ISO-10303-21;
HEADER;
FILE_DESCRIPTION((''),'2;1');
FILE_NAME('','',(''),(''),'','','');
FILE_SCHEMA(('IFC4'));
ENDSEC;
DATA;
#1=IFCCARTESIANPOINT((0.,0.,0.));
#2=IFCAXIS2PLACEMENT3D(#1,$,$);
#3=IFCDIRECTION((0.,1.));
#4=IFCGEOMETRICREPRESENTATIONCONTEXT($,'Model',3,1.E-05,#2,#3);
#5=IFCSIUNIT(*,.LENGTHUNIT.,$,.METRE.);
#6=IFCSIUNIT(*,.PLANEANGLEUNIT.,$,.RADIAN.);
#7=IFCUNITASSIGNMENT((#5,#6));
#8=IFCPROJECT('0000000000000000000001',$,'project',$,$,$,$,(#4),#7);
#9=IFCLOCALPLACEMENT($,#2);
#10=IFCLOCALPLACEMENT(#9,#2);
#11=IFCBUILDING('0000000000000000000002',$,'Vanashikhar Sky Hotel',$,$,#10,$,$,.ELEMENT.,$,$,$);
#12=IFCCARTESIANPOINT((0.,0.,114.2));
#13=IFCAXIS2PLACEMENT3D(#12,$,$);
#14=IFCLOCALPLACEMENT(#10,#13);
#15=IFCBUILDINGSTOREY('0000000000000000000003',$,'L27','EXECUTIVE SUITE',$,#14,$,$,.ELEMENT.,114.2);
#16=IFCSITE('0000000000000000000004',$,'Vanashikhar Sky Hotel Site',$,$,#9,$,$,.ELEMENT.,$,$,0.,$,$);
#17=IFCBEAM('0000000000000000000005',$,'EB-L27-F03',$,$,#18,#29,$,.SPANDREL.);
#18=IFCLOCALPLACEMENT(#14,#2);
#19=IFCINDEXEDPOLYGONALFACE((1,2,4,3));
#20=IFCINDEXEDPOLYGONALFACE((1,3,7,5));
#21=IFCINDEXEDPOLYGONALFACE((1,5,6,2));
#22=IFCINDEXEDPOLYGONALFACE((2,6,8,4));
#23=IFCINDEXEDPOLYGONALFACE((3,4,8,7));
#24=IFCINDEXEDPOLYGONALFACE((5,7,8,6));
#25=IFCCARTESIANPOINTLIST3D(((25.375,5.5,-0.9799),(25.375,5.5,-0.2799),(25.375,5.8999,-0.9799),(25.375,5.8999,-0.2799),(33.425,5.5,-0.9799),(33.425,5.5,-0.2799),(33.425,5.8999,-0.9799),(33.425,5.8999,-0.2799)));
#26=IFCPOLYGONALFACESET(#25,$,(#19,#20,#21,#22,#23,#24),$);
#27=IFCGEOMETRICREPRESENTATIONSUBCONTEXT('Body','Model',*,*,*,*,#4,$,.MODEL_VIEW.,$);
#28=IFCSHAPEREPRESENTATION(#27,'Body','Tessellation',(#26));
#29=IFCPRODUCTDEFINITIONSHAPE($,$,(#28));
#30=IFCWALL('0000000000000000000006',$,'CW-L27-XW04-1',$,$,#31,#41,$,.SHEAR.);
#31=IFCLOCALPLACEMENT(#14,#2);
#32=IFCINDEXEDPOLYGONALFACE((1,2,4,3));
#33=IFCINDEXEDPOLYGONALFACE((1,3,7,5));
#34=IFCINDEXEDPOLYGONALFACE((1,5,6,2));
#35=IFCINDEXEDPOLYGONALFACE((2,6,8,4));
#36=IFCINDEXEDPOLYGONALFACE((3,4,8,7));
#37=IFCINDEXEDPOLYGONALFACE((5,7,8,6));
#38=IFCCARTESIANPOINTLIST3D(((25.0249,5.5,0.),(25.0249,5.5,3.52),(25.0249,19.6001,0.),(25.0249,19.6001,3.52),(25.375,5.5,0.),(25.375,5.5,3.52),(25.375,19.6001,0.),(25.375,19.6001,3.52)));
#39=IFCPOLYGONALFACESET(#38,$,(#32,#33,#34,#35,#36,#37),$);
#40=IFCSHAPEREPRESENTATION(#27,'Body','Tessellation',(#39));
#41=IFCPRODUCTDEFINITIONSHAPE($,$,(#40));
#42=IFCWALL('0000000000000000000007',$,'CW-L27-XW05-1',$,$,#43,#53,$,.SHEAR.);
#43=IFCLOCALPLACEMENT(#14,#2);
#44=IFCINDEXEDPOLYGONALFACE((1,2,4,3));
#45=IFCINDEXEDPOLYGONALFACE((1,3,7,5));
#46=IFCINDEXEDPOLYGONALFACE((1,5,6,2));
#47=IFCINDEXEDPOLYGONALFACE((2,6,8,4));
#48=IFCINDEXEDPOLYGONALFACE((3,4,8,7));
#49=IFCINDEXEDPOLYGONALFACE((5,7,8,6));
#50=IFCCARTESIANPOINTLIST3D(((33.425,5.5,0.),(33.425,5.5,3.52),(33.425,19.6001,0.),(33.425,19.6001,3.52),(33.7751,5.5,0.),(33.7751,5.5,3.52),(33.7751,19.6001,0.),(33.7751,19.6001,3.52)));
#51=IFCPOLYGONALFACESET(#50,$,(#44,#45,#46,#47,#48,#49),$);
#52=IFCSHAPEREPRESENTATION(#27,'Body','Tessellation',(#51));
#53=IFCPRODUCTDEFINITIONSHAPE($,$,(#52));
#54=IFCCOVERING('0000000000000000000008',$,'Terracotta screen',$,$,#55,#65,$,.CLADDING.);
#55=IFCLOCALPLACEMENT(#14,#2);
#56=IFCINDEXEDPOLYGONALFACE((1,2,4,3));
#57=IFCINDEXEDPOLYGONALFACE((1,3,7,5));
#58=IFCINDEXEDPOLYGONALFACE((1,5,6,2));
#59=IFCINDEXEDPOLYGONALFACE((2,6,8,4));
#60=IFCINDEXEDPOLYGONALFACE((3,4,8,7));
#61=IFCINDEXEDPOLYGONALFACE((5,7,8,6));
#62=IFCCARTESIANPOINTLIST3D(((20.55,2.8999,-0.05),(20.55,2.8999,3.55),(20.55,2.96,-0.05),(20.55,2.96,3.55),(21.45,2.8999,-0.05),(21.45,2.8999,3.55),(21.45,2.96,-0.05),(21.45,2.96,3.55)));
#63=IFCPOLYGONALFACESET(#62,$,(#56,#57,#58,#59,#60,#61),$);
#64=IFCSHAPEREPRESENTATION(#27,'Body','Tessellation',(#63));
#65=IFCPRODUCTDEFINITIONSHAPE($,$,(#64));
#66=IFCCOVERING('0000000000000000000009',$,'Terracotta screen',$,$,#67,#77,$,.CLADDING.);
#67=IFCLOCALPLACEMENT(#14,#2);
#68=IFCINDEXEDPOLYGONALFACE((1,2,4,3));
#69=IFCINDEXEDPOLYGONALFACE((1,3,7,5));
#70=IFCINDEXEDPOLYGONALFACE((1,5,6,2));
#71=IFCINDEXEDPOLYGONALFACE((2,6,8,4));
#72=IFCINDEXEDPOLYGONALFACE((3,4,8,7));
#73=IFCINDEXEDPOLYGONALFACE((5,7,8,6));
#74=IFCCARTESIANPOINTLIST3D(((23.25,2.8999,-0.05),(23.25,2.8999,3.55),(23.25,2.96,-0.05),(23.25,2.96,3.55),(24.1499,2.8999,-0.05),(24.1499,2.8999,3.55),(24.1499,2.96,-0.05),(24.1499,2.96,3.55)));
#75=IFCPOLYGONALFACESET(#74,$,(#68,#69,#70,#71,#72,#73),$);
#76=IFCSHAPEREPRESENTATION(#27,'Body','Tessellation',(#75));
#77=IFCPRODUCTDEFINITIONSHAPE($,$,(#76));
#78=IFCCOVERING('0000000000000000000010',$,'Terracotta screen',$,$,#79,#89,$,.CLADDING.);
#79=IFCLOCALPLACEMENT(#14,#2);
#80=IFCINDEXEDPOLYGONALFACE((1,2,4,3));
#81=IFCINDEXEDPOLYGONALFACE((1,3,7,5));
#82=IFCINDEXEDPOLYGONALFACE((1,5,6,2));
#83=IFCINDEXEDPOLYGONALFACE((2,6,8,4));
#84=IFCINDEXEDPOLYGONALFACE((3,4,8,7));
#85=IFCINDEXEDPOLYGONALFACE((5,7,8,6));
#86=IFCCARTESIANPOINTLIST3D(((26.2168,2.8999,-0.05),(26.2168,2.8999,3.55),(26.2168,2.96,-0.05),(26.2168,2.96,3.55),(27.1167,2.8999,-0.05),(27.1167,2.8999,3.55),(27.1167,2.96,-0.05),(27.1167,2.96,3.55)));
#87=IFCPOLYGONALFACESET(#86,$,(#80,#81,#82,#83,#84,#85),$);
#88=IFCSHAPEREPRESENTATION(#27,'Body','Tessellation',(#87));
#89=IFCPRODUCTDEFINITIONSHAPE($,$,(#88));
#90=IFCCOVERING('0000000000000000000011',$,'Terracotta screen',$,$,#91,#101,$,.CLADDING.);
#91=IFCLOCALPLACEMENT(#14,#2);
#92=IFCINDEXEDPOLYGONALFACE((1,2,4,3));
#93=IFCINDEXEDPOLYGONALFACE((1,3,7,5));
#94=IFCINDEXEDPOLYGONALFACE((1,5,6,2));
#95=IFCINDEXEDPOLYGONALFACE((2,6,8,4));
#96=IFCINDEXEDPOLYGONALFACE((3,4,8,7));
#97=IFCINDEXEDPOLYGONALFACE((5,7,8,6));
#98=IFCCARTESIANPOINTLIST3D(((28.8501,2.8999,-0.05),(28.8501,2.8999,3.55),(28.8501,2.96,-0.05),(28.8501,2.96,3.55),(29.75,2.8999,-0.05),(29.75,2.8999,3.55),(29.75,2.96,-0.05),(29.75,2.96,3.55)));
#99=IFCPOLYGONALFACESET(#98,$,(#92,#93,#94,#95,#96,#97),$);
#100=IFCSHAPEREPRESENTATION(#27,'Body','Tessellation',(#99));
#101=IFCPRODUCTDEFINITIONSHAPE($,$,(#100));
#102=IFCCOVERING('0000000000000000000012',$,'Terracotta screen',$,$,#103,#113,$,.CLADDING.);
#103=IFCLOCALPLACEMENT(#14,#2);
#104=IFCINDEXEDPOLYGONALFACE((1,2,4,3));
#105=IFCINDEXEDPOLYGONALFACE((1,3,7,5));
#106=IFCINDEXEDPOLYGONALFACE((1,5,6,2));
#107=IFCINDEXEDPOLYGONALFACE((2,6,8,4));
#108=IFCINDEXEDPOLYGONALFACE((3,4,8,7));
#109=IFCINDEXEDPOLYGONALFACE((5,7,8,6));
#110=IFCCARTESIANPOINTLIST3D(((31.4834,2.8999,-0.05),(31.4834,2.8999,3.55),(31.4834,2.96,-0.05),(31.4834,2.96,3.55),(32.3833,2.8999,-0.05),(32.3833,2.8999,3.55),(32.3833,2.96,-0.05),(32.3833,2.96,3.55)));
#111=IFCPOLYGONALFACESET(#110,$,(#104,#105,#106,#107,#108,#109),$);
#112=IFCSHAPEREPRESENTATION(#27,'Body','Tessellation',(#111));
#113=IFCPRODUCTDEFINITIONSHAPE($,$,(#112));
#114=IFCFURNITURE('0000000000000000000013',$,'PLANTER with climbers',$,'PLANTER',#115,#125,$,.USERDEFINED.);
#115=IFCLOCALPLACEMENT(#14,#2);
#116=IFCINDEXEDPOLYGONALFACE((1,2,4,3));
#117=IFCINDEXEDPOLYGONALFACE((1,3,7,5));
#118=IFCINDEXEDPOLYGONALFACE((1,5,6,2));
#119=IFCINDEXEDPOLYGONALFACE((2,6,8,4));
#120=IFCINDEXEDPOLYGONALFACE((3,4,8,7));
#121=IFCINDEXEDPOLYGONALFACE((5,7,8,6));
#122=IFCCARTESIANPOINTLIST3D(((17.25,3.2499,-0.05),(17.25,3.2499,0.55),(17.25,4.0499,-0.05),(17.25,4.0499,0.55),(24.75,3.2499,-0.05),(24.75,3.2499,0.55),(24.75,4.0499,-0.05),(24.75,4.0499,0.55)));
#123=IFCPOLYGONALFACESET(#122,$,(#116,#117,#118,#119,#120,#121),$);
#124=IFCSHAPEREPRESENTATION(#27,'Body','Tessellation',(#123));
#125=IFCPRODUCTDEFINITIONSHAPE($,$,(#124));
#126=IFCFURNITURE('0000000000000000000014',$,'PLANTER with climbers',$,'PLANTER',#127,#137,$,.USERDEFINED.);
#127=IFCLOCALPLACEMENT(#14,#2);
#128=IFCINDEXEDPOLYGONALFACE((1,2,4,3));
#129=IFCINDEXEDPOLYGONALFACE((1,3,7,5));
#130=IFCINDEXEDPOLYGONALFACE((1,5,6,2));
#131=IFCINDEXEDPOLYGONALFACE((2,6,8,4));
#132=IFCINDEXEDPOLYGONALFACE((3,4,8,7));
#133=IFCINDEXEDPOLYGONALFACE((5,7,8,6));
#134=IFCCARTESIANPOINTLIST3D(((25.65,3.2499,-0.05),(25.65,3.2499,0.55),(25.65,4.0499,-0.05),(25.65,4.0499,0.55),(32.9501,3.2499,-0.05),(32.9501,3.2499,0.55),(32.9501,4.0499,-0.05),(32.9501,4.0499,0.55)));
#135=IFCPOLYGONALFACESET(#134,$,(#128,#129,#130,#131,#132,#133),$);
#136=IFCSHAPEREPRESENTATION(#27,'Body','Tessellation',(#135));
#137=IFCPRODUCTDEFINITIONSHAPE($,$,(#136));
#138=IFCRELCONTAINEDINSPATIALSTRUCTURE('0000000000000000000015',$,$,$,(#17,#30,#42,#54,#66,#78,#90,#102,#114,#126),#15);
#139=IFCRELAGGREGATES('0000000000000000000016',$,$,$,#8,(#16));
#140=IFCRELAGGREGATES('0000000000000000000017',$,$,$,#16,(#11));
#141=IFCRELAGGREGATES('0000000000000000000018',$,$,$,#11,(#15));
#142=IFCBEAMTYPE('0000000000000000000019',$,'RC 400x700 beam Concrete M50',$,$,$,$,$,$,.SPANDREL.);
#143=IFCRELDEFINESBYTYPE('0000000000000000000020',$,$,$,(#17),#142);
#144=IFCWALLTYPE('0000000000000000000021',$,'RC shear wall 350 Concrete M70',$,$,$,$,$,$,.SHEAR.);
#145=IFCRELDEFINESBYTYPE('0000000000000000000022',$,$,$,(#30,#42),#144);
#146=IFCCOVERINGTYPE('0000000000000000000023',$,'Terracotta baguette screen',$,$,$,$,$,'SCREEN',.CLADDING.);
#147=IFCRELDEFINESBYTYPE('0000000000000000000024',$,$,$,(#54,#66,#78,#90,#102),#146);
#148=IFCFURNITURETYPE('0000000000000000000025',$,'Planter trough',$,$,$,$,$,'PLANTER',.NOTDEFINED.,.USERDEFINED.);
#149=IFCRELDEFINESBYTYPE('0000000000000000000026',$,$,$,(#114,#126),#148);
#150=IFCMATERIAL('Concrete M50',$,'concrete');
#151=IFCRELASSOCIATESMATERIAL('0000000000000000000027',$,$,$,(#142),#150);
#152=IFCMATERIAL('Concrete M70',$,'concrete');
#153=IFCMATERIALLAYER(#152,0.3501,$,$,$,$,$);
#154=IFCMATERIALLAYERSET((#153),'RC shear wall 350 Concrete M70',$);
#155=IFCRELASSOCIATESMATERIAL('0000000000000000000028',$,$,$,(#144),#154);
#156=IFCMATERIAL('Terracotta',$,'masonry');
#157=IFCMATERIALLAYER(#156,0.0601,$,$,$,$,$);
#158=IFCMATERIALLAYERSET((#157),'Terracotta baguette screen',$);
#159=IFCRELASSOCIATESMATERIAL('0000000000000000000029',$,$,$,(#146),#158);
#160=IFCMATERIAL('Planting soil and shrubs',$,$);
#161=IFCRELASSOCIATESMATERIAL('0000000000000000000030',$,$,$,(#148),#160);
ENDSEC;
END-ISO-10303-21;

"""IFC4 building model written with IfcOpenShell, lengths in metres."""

from ifc_helpers import new_model, si_unit, direction, frame, frame_2d, origin, origin_2d, place, context, subcontext, project, spatial, rectangle, extrude, source, transform, mapped, material, layer, layer_set, material_profile, profile_set, type_object, element, save


model = new_model("IFC4")

# Units and contexts
model_context = context("Model", 3, precision=1e-05, world=origin(), true_north=direction((0.0, 1.0)))
body_context = subcontext(model_context, "Body", "Model", "MODEL_VIEW")
ifc_project = project(units=[si_unit("LENGTHUNIT", "METRE"), si_unit("PLANEANGLEUNIT", "RADIAN")], contexts=[model_context])

# Site, building, storey
site_placement = place(None, origin())
site = spatial("IfcSite", under=ifc_project, at=site_placement, Name="Vanashikhar Sky Hotel Site", CompositionType="ELEMENT", RefElevation=0.0)
building_placement = place(site_placement, origin())
building = spatial("IfcBuilding", under=site, at=building_placement, Name="Vanashikhar Sky Hotel", CompositionType="ELEMENT")
storey_placement = place(building_placement, frame((0.0, 0.0, 114.2)))
storey = spatial("IfcBuildingStorey", under=building, at=storey_placement, Name="L27", Description="EXECUTIVE SUITE", CompositionType="ELEMENT", Elevation=114.2)

# Beam
ifc_material_1 = material(Name="Concrete M50", Category="concrete")
ifc_material_profile = material_profile(ifc_material_1, rectangle(XDim=0.3999, YDim=0.7, at=origin_2d()))
ifc_profile_set = profile_set([ifc_material_profile], Name="RC 400x700 beam Concrete M50")
beam_type = type_object("IfcBeamType", Name="RC 400x700 beam Concrete M50", PredefinedType="SPANDREL", material=ifc_profile_set)
shared_shape_1 = source(origin(), body_context, "Body", "SweptSolid", [
    extrude(rectangle(XDim=0.3999, YDim=0.7, at=origin_2d()), origin(), (0.0, 0.0, 1.0), 8.05),
])
beam_placement = place(storey_placement, frame((25.375, 5.7, -0.6299), z_axis=(1.0, 0.0, 0.0), x_axis=(0.0, 1.0, 0.0)))
element("IfcBeam", 1, at=beam_placement, inside=storey, type_object=beam_type, Name="EB-L27-F03", PredefinedType="SPANDREL", context=body_context, shape_type="MappedRepresentation", body=[
    mapped(shared_shape_1, transform((0.0, 0.0, 0.0), scale=1.0)),
])

# Walls
ifc_material_2 = material(Name="Concrete M70", Category="concrete")
ifc_layer_1 = layer(ifc_material_2, 0.3501)
ifc_layer_set_1 = layer_set([ifc_layer_1], Name="RC shear wall 350 Concrete M70")
wall_type_1 = type_object("IfcWallType", Name="RC shear wall 350 Concrete M70", PredefinedType="SHEAR", material=ifc_layer_set_1)
shared_shape_2 = source(origin(), body_context, "Body", "SweptSolid", [
    extrude(rectangle(XDim=14.1001, YDim=0.3501, at=frame_2d((7.05, 0.0))), origin(), (0.0, 0.0, 1.0), 3.52),
])
for number, where, z_axis, x_axis, name in (
    (2, (25.2, 5.5, 0.0), (0.0, 0.0, 1.0), (0.0, 1.0, 0.0), "CW-L27-XW04-1"),
    (3, (33.6001, 5.5, 0.0), (0.0, 0.0, 1.0), (0.0, 1.0, 0.0), "CW-L27-XW05-1"),
):
    element("IfcWall", number, at=place(storey_placement, frame(where, z_axis=z_axis, x_axis=x_axis)), inside=storey, type_object=wall_type_1, Name=name, PredefinedType="SHEAR", context=body_context, shape_type="MappedRepresentation", body=[
        mapped(shared_shape_2, transform((0.0, 0.0, 0.0), scale=1.0)),
    ])

# Coverings
ifc_material_3 = material(Name="Terracotta", Category="masonry")
ifc_layer_2 = layer(ifc_material_3, 0.0601)
ifc_layer_set_2 = layer_set([ifc_layer_2], Name="Terracotta baguette screen")
covering_type = type_object("IfcCoveringType", Name="Terracotta baguette screen", ElementType="SCREEN", PredefinedType="CLADDING", material=ifc_layer_set_2)
shared_shape_3 = source(origin(), body_context, "Body", "SweptSolid", [
    extrude(rectangle(XDim=0.8999, YDim=0.0601, at=origin_2d()), origin(), (0.0, 0.0, 1.0), 3.6001),
])
for number, where, z_axis, x_axis, name in (
    (4, (21.0, 2.9299, -0.05), (0.0, 0.0, 1.0), (1.0, 0.0, 0.0), "Terracotta screen"),
    (5, (23.7, 2.9299, -0.05), (0.0, 0.0, 1.0), (1.0, 0.0, 0.0), "Terracotta screen"),
    (6, (26.6667, 2.9299, -0.05), (0.0, 0.0, 1.0), (1.0, 0.0, 0.0), "Terracotta screen"),
    (7, (29.3, 2.9299, -0.05), (0.0, 0.0, 1.0), (1.0, 0.0, 0.0), "Terracotta screen"),
    (8, (31.9333, 2.9299, -0.05), (0.0, 0.0, 1.0), (1.0, 0.0, 0.0), "Terracotta screen"),
):
    element("IfcCovering", number, at=place(storey_placement, frame(where, z_axis=z_axis, x_axis=x_axis)), inside=storey, type_object=covering_type, Name=name, PredefinedType="CLADDING", context=body_context, shape_type="MappedRepresentation", body=[
        mapped(shared_shape_3, transform((0.0, 0.0, 0.0), scale=1.0)),
    ])

# Furniture
ifc_material_4 = material(Name="Planting soil and shrubs")
furniture_type = type_object("IfcFurnitureType", Name="Planter trough", ElementType="PLANTER", AssemblyPlace="NOTDEFINED", PredefinedType="USERDEFINED", material=ifc_material_4)
shared_shape_4 = source(origin(), body_context, "Body", "SweptSolid", [
    extrude(rectangle(XDim=7.5, YDim=0.8, at=origin_2d()), origin(), (0.0, 0.0, 1.0), 0.6001),
])
furniture_1_placement = place(storey_placement, frame((21.0, 3.6499, -0.05), z_axis=(0.0, 0.0, 1.0), x_axis=(1.0, 0.0, 0.0)))
element("IfcFurniture", 9, at=furniture_1_placement, inside=storey, type_object=furniture_type, Name="PLANTER with climbers", ObjectType="PLANTER", PredefinedType="USERDEFINED", context=body_context, shape_type="MappedRepresentation", body=[
    mapped(shared_shape_4, transform((0.0, 0.0, 0.0), scale=1.0)),
])
shared_shape_5 = source(origin(), body_context, "Body", "SweptSolid", [
    extrude(rectangle(XDim=7.3, YDim=0.8, at=origin_2d()), origin(), (0.0, 0.0, 1.0), 0.6001),
])
furniture_2_placement = place(storey_placement, frame((29.3, 3.6499, -0.05), z_axis=(0.0, 0.0, 1.0), x_axis=(1.0, 0.0, 0.0)))
element("IfcFurniture", 10, at=furniture_2_placement, inside=storey, type_object=furniture_type, Name="PLANTER with climbers", ObjectType="PLANTER", PredefinedType="USERDEFINED", context=body_context, shape_type="MappedRepresentation", body=[
    mapped(shared_shape_5, transform((0.0, 0.0, 0.0), scale=1.0)),
])

save(model, "model.ifc")
